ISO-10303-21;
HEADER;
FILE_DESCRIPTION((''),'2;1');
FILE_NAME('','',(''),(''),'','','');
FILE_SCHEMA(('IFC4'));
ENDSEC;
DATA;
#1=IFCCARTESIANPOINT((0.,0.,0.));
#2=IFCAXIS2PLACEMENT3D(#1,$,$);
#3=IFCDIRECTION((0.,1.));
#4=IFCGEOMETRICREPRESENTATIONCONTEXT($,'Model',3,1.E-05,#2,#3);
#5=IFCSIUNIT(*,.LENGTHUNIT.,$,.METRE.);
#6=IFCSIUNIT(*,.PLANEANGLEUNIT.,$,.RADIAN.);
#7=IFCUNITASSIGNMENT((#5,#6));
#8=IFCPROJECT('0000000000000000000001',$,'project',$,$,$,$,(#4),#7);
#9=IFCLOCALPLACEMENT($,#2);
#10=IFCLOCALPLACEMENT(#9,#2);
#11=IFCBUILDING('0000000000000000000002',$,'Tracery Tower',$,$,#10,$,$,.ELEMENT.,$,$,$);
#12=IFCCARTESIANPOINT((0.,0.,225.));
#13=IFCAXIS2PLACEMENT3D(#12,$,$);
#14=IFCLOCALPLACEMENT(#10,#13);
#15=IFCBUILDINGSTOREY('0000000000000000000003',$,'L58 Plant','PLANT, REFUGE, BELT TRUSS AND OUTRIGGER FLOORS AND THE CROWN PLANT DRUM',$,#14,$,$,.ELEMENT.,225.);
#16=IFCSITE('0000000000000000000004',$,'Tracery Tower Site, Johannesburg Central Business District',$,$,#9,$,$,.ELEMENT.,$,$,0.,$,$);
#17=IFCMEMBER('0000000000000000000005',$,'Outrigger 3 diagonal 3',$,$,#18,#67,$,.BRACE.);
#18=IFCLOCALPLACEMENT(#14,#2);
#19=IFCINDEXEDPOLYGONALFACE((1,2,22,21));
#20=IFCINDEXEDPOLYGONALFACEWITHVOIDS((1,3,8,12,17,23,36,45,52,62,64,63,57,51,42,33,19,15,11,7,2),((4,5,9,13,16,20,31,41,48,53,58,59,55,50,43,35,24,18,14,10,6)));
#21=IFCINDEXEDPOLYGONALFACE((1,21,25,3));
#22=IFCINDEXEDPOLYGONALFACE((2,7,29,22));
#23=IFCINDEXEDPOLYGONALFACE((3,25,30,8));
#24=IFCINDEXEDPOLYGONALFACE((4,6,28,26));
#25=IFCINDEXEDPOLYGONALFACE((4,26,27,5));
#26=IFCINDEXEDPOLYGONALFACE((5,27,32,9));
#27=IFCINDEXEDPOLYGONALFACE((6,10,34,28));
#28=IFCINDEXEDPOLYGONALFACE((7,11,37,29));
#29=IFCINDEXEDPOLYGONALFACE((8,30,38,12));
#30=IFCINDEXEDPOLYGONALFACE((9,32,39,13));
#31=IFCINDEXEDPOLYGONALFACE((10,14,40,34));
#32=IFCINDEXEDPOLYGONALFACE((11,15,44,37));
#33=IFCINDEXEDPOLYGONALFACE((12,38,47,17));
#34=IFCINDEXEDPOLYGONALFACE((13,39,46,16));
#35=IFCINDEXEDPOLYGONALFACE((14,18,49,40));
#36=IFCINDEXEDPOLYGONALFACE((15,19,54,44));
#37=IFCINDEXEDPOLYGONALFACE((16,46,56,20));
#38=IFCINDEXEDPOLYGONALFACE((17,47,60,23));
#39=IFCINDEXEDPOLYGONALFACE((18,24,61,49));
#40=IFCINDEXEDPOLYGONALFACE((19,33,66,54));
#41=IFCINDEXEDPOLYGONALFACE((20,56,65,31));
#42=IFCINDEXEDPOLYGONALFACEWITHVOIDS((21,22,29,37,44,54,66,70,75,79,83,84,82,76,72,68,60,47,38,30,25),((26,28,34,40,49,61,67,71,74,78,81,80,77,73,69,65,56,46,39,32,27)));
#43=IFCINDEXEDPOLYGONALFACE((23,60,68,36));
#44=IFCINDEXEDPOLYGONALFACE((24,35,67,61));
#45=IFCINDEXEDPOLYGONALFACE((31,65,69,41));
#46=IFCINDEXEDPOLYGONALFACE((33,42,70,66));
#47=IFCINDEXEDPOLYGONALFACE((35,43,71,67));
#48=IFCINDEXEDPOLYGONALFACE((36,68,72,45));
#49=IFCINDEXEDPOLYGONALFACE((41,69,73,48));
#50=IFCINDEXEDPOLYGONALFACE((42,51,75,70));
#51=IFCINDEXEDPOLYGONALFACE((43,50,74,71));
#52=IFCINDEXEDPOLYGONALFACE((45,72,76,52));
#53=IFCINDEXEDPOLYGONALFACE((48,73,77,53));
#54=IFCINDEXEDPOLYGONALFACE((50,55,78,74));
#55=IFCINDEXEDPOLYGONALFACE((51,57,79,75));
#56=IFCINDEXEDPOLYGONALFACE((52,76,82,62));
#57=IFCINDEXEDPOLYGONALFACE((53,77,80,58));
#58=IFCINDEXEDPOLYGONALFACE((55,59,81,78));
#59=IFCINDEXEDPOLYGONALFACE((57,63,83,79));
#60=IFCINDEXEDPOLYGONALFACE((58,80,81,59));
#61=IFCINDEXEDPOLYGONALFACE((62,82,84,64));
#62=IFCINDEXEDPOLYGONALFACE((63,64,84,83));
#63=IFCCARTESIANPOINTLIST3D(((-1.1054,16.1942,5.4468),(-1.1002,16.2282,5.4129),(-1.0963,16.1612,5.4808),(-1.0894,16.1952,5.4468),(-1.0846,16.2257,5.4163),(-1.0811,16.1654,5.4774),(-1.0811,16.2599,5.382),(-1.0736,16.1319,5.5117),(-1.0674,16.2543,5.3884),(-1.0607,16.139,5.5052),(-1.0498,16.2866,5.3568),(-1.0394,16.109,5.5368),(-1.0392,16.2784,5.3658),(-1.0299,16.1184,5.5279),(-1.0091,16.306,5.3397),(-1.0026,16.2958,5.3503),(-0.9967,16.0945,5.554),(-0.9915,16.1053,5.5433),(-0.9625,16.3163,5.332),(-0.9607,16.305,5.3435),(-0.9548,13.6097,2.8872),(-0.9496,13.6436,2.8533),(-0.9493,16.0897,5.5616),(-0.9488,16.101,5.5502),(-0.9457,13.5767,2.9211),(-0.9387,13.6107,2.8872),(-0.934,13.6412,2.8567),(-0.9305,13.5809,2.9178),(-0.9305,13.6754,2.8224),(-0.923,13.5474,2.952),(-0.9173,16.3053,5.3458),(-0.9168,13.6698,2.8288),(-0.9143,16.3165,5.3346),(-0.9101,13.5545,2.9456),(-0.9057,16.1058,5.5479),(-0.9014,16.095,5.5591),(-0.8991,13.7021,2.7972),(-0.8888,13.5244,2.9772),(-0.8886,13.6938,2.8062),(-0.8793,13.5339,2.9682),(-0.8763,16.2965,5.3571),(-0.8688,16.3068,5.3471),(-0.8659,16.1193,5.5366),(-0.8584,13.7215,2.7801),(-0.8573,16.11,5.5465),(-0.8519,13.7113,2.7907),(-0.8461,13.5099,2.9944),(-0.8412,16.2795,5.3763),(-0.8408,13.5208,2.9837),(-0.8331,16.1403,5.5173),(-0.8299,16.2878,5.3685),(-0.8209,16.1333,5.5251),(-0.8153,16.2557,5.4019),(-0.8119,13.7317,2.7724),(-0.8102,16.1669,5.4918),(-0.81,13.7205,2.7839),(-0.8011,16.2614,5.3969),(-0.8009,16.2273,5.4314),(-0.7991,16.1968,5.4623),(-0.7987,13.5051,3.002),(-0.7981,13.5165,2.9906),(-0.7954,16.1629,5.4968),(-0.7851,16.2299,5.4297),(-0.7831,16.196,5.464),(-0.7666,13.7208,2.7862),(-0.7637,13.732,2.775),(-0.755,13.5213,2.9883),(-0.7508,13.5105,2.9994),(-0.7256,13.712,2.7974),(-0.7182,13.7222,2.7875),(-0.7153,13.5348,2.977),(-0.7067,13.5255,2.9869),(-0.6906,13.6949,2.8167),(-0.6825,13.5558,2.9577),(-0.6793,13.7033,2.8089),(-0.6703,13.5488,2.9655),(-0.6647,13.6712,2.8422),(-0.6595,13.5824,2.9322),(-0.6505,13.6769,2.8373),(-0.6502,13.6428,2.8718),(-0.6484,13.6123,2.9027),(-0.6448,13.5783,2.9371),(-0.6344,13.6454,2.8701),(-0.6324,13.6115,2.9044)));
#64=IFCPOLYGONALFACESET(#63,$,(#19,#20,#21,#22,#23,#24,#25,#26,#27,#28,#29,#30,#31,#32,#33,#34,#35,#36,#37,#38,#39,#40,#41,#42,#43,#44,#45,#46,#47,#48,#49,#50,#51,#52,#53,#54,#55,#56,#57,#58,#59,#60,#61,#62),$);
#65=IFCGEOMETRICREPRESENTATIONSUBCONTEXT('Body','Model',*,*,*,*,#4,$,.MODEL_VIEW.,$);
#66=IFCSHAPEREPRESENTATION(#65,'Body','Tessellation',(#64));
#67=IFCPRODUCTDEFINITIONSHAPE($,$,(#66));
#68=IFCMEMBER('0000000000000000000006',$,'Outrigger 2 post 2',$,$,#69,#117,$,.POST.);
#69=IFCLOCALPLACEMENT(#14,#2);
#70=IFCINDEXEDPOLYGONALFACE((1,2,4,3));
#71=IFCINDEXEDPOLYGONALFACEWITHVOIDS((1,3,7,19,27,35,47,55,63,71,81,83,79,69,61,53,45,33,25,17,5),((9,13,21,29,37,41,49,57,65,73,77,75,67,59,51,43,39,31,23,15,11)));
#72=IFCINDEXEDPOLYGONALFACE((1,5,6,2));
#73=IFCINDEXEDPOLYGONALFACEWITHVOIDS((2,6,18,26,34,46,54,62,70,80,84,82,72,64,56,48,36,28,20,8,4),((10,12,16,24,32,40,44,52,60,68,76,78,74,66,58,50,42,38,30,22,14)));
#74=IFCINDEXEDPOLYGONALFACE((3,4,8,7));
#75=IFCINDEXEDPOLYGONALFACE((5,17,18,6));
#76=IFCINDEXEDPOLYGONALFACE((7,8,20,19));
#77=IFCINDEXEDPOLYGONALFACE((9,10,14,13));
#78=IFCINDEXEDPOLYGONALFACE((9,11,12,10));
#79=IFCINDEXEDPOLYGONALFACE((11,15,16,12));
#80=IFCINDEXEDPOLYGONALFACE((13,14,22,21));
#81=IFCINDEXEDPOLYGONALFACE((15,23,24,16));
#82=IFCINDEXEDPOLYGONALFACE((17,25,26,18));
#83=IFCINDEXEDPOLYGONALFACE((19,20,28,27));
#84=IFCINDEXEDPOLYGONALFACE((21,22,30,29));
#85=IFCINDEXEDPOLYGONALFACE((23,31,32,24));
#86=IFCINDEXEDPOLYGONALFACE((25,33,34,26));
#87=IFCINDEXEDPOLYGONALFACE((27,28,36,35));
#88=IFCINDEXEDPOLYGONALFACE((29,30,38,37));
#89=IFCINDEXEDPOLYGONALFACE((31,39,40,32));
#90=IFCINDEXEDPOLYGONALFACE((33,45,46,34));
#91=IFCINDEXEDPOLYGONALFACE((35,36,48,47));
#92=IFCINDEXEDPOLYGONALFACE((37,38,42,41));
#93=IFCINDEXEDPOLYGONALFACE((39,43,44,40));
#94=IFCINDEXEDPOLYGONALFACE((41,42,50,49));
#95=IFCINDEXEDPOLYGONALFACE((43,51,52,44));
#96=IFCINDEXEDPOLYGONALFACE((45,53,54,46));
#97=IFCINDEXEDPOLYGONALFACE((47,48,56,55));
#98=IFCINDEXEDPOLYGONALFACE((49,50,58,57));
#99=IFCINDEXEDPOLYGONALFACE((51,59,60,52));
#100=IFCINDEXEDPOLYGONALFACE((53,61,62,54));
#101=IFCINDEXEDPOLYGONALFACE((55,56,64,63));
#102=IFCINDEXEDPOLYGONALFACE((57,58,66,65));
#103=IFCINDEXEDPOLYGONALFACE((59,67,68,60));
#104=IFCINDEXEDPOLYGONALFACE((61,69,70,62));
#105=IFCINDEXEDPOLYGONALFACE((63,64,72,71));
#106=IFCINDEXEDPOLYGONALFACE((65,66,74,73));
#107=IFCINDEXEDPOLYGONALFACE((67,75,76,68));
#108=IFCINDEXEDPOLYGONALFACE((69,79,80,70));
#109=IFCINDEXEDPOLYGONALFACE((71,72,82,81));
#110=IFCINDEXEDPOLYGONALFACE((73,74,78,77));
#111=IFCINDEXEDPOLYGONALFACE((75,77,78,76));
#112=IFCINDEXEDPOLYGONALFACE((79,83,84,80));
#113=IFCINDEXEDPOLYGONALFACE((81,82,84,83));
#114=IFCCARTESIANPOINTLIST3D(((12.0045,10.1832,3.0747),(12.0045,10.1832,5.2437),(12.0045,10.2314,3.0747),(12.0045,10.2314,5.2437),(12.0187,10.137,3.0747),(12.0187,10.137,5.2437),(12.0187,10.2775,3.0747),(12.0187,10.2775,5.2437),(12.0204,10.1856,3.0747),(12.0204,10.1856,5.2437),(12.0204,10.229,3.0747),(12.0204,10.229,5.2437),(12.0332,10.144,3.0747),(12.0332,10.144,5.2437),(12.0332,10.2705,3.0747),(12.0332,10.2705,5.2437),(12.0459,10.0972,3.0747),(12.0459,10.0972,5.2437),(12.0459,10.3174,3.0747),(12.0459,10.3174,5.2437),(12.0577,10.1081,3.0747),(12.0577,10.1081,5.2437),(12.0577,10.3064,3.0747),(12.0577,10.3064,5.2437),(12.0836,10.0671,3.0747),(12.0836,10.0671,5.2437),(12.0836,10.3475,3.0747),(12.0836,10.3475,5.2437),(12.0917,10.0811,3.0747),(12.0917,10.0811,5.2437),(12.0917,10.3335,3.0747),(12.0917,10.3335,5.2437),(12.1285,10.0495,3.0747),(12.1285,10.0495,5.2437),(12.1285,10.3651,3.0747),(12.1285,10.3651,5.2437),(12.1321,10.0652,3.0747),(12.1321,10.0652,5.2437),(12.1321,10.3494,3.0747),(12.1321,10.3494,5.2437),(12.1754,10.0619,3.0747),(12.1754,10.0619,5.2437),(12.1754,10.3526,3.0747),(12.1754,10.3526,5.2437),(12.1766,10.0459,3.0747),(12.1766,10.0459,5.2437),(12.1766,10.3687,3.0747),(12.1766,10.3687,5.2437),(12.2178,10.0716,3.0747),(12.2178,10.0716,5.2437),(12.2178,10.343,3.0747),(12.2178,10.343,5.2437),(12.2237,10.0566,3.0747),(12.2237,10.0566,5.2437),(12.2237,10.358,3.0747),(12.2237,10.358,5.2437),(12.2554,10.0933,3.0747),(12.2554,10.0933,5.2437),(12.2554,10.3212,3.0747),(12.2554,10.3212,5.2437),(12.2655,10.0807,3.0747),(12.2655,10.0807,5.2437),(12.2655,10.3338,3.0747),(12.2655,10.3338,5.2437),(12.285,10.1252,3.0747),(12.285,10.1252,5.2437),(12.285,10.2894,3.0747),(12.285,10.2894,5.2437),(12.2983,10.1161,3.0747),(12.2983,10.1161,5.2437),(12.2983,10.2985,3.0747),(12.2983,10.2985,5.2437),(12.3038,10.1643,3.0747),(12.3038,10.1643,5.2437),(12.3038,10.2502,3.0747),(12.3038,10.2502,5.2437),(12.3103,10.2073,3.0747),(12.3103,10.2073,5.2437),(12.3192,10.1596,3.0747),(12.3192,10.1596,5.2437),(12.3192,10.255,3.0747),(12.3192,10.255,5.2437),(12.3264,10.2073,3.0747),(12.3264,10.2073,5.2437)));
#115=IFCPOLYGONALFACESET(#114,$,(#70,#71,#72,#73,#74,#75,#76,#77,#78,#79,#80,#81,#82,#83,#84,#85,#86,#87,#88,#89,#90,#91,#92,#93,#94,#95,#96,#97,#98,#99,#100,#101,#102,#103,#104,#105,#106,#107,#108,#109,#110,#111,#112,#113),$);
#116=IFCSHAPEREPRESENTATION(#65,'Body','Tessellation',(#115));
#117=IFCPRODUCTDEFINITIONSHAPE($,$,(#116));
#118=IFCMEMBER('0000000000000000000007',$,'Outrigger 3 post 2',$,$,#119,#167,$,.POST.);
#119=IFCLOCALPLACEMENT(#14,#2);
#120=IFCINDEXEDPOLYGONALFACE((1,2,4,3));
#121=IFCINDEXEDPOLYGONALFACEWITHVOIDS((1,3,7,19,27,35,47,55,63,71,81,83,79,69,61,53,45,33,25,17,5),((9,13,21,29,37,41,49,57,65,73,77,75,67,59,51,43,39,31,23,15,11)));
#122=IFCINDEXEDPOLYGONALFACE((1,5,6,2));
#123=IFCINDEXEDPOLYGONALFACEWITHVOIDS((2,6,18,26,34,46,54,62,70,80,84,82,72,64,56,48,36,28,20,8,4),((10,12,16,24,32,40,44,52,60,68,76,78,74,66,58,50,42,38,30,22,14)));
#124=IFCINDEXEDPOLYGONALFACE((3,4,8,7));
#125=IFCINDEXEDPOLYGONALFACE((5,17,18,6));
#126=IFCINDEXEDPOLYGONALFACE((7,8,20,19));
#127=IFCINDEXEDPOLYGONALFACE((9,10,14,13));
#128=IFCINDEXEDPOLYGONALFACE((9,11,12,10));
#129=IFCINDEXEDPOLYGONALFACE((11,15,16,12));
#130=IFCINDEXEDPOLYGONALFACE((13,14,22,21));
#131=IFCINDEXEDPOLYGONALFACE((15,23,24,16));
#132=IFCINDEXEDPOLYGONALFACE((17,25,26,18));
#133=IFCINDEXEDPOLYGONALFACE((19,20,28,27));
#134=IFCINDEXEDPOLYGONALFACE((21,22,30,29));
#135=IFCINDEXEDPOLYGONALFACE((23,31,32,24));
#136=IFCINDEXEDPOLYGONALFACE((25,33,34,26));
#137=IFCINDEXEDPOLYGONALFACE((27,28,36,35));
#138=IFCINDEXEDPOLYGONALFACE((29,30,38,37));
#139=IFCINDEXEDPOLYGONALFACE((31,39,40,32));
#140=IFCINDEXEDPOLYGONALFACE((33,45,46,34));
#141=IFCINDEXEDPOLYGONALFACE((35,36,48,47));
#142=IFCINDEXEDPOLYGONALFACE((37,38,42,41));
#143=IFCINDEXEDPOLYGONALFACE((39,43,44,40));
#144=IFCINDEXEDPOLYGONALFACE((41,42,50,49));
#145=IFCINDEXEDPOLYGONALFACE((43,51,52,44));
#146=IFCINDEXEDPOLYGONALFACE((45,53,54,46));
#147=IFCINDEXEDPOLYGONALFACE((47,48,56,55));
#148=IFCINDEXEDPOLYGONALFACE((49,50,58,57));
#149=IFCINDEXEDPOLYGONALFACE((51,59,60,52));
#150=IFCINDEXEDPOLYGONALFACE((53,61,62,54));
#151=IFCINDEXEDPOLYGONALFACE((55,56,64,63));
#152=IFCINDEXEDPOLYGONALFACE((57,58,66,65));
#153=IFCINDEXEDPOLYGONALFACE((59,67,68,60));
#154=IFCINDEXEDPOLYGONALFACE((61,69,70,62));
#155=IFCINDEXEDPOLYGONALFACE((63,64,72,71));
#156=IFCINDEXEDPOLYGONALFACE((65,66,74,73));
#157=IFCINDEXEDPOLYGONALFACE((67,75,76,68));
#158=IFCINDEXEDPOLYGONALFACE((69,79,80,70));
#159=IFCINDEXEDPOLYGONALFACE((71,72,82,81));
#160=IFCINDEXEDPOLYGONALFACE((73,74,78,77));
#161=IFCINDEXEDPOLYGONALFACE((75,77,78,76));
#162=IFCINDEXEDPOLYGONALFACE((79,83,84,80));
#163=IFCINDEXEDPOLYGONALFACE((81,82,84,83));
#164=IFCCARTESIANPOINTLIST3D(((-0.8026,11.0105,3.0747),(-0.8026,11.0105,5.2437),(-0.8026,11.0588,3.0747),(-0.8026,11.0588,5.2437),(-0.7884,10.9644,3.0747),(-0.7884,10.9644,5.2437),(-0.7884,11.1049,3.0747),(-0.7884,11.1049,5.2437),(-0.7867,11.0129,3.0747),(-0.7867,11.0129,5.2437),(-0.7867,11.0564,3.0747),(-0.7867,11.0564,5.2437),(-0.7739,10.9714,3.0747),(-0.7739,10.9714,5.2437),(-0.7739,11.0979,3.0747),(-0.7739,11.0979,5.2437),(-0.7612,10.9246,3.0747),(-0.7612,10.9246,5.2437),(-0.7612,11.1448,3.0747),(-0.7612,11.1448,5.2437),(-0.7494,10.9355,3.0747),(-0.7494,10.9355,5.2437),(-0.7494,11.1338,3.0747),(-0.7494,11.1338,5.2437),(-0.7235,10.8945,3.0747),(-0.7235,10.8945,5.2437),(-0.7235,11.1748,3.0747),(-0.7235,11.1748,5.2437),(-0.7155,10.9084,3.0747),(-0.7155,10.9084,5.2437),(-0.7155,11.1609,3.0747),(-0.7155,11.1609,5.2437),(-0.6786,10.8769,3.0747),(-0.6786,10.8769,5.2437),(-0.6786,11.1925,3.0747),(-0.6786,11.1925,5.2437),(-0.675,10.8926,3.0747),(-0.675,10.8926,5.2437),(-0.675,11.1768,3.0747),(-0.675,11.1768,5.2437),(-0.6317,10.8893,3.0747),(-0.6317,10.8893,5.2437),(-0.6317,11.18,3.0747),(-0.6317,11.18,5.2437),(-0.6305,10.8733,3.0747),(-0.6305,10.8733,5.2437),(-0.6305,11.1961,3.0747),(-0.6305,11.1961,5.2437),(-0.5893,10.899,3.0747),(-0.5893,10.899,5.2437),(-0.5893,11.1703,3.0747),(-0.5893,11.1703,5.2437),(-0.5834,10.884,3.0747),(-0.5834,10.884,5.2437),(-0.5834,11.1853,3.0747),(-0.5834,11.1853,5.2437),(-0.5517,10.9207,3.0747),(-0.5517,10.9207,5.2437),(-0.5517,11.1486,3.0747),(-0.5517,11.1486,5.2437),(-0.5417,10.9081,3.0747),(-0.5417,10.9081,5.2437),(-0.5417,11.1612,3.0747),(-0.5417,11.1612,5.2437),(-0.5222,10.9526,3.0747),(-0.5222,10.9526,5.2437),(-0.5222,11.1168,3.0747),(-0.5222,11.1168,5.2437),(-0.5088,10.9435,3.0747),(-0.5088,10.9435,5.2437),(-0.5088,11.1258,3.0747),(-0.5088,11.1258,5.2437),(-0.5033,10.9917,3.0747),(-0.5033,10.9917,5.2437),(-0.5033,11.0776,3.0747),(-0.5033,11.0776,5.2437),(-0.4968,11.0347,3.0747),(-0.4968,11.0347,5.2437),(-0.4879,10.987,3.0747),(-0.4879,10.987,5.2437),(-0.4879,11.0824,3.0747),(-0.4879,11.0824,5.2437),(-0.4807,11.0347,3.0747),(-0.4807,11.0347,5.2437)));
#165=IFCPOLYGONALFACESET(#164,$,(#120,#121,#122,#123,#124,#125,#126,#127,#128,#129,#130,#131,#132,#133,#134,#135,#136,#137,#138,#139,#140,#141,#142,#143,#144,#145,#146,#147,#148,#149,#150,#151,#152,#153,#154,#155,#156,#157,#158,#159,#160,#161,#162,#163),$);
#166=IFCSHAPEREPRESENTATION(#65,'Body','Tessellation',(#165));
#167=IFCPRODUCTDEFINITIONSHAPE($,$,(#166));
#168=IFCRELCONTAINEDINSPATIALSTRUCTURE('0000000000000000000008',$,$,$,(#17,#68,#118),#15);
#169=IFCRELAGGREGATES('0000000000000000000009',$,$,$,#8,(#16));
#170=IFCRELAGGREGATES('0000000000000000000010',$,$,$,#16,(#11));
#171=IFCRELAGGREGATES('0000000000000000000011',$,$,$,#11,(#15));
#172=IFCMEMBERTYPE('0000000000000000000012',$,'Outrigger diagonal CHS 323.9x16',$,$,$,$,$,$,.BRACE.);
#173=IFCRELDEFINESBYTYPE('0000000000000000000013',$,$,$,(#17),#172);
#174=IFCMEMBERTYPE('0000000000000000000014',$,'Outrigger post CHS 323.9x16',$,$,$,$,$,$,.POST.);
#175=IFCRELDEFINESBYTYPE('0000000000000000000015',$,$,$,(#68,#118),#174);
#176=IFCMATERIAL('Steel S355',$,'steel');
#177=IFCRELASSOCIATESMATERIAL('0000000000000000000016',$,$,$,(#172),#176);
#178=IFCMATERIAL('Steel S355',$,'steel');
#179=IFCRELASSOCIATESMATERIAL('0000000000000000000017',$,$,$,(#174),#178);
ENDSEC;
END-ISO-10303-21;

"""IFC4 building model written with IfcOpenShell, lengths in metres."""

from ifc_helpers import new_model, si_unit, direction, frame, origin, origin_2d, place, context, subcontext, project, spatial, hollow_circle, extrude, material, material_profile, profile_set, type_object, element, save


model = new_model("IFC4")

# Units and contexts
model_context = context("Model", 3, precision=1e-05, world=origin(), true_north=direction((0.0, 1.0)))
body_context = subcontext(model_context, "Body", "Model", "MODEL_VIEW")
ifc_project = project(units=[si_unit("LENGTHUNIT", "METRE"), si_unit("PLANEANGLEUNIT", "RADIAN")], contexts=[model_context])

# Site, building, storey
site_placement = place(None, origin())
site = spatial("IfcSite", under=ifc_project, at=site_placement, Name="Tracery Tower Site, Johannesburg Central Business District", CompositionType="ELEMENT", RefElevation=0.0)
building_placement = place(site_placement, origin())
building = spatial("IfcBuilding", under=site, at=building_placement, Name="Tracery Tower", CompositionType="ELEMENT")
storey_placement = place(building_placement, frame((0.0, 0.0, 225.0)))
storey = spatial("IfcBuildingStorey", under=building, at=storey_placement, Name="L58 Plant", Description="PLANT, REFUGE, BELT TRUSS AND OUTRIGGER FLOORS AND THE CROWN PLANT DRUM", CompositionType="ELEMENT", Elevation=225.0)

# Members
ifc_material_1 = material(Name="Steel S355", Category="steel")
ifc_material_profile_1 = material_profile(ifc_material_1, hollow_circle(Radius=0.1619, WallThickness=0.0161, at=origin_2d()), Name="CHS 323.9x16")
ifc_profile_set_1 = profile_set([ifc_material_profile_1], Name="Steel S355")
member_type_1 = type_object("IfcMemberType", Name="Outrigger diagonal CHS 323.9x16", PredefinedType="BRACE", material=ifc_profile_set_1)
for number, where, z_axis, x_axis, name in (
    (1, (-0.7932, 13.6191, 2.8872), (-0.041377, 0.709913, 0.703073), (-0.998306, -0.058186, 0.0), "Outrigger 3 diagonal 3"),
):
    element("IfcMember", number, at=place(storey_placement, frame(where, z_axis=z_axis, x_axis=x_axis)), inside=storey, type_object=member_type_1, Name=name, PredefinedType="BRACE", context=body_context, shape_type="SweptSolid", body=[
        extrude(hollow_circle(Radius=0.1619, WallThickness=0.0161, at=origin_2d()), origin(), (0.0, 0.0, 1.0), 3.6406),
    ])
ifc_material_2 = material(Name="Steel S355", Category="steel")
ifc_material_profile_2 = material_profile(ifc_material_2, hollow_circle(Radius=0.1619, WallThickness=0.0161, at=origin_2d()), Name="CHS 323.9x16")
ifc_profile_set_2 = profile_set([ifc_material_profile_2], Name="Steel S355")
member_type_2 = type_object("IfcMemberType", Name="Outrigger post CHS 323.9x16", PredefinedType="POST", material=ifc_profile_set_2)
for number, where, z_axis, x_axis, name in (
    (2, (12.1646, 10.2073, 3.0747), (0.0, 0.0, 1.0), (1.0, 0.0, 0.0), "Outrigger 2 post 2"),
    (3, (-0.6426, 11.0347, 3.0747), (0.0, 0.0, 1.0), (1.0, 0.0, 0.0), "Outrigger 3 post 2"),
):
    element("IfcMember", number, at=place(storey_placement, frame(where, z_axis=z_axis, x_axis=x_axis)), inside=storey, type_object=member_type_2, Name=name, PredefinedType="POST", context=body_context, shape_type="SweptSolid", body=[
        extrude(hollow_circle(Radius=0.1619, WallThickness=0.0161, at=origin_2d()), origin(), (0.0, 0.0, 1.0), 2.1689),
    ])

save(model, "model.ifc")
